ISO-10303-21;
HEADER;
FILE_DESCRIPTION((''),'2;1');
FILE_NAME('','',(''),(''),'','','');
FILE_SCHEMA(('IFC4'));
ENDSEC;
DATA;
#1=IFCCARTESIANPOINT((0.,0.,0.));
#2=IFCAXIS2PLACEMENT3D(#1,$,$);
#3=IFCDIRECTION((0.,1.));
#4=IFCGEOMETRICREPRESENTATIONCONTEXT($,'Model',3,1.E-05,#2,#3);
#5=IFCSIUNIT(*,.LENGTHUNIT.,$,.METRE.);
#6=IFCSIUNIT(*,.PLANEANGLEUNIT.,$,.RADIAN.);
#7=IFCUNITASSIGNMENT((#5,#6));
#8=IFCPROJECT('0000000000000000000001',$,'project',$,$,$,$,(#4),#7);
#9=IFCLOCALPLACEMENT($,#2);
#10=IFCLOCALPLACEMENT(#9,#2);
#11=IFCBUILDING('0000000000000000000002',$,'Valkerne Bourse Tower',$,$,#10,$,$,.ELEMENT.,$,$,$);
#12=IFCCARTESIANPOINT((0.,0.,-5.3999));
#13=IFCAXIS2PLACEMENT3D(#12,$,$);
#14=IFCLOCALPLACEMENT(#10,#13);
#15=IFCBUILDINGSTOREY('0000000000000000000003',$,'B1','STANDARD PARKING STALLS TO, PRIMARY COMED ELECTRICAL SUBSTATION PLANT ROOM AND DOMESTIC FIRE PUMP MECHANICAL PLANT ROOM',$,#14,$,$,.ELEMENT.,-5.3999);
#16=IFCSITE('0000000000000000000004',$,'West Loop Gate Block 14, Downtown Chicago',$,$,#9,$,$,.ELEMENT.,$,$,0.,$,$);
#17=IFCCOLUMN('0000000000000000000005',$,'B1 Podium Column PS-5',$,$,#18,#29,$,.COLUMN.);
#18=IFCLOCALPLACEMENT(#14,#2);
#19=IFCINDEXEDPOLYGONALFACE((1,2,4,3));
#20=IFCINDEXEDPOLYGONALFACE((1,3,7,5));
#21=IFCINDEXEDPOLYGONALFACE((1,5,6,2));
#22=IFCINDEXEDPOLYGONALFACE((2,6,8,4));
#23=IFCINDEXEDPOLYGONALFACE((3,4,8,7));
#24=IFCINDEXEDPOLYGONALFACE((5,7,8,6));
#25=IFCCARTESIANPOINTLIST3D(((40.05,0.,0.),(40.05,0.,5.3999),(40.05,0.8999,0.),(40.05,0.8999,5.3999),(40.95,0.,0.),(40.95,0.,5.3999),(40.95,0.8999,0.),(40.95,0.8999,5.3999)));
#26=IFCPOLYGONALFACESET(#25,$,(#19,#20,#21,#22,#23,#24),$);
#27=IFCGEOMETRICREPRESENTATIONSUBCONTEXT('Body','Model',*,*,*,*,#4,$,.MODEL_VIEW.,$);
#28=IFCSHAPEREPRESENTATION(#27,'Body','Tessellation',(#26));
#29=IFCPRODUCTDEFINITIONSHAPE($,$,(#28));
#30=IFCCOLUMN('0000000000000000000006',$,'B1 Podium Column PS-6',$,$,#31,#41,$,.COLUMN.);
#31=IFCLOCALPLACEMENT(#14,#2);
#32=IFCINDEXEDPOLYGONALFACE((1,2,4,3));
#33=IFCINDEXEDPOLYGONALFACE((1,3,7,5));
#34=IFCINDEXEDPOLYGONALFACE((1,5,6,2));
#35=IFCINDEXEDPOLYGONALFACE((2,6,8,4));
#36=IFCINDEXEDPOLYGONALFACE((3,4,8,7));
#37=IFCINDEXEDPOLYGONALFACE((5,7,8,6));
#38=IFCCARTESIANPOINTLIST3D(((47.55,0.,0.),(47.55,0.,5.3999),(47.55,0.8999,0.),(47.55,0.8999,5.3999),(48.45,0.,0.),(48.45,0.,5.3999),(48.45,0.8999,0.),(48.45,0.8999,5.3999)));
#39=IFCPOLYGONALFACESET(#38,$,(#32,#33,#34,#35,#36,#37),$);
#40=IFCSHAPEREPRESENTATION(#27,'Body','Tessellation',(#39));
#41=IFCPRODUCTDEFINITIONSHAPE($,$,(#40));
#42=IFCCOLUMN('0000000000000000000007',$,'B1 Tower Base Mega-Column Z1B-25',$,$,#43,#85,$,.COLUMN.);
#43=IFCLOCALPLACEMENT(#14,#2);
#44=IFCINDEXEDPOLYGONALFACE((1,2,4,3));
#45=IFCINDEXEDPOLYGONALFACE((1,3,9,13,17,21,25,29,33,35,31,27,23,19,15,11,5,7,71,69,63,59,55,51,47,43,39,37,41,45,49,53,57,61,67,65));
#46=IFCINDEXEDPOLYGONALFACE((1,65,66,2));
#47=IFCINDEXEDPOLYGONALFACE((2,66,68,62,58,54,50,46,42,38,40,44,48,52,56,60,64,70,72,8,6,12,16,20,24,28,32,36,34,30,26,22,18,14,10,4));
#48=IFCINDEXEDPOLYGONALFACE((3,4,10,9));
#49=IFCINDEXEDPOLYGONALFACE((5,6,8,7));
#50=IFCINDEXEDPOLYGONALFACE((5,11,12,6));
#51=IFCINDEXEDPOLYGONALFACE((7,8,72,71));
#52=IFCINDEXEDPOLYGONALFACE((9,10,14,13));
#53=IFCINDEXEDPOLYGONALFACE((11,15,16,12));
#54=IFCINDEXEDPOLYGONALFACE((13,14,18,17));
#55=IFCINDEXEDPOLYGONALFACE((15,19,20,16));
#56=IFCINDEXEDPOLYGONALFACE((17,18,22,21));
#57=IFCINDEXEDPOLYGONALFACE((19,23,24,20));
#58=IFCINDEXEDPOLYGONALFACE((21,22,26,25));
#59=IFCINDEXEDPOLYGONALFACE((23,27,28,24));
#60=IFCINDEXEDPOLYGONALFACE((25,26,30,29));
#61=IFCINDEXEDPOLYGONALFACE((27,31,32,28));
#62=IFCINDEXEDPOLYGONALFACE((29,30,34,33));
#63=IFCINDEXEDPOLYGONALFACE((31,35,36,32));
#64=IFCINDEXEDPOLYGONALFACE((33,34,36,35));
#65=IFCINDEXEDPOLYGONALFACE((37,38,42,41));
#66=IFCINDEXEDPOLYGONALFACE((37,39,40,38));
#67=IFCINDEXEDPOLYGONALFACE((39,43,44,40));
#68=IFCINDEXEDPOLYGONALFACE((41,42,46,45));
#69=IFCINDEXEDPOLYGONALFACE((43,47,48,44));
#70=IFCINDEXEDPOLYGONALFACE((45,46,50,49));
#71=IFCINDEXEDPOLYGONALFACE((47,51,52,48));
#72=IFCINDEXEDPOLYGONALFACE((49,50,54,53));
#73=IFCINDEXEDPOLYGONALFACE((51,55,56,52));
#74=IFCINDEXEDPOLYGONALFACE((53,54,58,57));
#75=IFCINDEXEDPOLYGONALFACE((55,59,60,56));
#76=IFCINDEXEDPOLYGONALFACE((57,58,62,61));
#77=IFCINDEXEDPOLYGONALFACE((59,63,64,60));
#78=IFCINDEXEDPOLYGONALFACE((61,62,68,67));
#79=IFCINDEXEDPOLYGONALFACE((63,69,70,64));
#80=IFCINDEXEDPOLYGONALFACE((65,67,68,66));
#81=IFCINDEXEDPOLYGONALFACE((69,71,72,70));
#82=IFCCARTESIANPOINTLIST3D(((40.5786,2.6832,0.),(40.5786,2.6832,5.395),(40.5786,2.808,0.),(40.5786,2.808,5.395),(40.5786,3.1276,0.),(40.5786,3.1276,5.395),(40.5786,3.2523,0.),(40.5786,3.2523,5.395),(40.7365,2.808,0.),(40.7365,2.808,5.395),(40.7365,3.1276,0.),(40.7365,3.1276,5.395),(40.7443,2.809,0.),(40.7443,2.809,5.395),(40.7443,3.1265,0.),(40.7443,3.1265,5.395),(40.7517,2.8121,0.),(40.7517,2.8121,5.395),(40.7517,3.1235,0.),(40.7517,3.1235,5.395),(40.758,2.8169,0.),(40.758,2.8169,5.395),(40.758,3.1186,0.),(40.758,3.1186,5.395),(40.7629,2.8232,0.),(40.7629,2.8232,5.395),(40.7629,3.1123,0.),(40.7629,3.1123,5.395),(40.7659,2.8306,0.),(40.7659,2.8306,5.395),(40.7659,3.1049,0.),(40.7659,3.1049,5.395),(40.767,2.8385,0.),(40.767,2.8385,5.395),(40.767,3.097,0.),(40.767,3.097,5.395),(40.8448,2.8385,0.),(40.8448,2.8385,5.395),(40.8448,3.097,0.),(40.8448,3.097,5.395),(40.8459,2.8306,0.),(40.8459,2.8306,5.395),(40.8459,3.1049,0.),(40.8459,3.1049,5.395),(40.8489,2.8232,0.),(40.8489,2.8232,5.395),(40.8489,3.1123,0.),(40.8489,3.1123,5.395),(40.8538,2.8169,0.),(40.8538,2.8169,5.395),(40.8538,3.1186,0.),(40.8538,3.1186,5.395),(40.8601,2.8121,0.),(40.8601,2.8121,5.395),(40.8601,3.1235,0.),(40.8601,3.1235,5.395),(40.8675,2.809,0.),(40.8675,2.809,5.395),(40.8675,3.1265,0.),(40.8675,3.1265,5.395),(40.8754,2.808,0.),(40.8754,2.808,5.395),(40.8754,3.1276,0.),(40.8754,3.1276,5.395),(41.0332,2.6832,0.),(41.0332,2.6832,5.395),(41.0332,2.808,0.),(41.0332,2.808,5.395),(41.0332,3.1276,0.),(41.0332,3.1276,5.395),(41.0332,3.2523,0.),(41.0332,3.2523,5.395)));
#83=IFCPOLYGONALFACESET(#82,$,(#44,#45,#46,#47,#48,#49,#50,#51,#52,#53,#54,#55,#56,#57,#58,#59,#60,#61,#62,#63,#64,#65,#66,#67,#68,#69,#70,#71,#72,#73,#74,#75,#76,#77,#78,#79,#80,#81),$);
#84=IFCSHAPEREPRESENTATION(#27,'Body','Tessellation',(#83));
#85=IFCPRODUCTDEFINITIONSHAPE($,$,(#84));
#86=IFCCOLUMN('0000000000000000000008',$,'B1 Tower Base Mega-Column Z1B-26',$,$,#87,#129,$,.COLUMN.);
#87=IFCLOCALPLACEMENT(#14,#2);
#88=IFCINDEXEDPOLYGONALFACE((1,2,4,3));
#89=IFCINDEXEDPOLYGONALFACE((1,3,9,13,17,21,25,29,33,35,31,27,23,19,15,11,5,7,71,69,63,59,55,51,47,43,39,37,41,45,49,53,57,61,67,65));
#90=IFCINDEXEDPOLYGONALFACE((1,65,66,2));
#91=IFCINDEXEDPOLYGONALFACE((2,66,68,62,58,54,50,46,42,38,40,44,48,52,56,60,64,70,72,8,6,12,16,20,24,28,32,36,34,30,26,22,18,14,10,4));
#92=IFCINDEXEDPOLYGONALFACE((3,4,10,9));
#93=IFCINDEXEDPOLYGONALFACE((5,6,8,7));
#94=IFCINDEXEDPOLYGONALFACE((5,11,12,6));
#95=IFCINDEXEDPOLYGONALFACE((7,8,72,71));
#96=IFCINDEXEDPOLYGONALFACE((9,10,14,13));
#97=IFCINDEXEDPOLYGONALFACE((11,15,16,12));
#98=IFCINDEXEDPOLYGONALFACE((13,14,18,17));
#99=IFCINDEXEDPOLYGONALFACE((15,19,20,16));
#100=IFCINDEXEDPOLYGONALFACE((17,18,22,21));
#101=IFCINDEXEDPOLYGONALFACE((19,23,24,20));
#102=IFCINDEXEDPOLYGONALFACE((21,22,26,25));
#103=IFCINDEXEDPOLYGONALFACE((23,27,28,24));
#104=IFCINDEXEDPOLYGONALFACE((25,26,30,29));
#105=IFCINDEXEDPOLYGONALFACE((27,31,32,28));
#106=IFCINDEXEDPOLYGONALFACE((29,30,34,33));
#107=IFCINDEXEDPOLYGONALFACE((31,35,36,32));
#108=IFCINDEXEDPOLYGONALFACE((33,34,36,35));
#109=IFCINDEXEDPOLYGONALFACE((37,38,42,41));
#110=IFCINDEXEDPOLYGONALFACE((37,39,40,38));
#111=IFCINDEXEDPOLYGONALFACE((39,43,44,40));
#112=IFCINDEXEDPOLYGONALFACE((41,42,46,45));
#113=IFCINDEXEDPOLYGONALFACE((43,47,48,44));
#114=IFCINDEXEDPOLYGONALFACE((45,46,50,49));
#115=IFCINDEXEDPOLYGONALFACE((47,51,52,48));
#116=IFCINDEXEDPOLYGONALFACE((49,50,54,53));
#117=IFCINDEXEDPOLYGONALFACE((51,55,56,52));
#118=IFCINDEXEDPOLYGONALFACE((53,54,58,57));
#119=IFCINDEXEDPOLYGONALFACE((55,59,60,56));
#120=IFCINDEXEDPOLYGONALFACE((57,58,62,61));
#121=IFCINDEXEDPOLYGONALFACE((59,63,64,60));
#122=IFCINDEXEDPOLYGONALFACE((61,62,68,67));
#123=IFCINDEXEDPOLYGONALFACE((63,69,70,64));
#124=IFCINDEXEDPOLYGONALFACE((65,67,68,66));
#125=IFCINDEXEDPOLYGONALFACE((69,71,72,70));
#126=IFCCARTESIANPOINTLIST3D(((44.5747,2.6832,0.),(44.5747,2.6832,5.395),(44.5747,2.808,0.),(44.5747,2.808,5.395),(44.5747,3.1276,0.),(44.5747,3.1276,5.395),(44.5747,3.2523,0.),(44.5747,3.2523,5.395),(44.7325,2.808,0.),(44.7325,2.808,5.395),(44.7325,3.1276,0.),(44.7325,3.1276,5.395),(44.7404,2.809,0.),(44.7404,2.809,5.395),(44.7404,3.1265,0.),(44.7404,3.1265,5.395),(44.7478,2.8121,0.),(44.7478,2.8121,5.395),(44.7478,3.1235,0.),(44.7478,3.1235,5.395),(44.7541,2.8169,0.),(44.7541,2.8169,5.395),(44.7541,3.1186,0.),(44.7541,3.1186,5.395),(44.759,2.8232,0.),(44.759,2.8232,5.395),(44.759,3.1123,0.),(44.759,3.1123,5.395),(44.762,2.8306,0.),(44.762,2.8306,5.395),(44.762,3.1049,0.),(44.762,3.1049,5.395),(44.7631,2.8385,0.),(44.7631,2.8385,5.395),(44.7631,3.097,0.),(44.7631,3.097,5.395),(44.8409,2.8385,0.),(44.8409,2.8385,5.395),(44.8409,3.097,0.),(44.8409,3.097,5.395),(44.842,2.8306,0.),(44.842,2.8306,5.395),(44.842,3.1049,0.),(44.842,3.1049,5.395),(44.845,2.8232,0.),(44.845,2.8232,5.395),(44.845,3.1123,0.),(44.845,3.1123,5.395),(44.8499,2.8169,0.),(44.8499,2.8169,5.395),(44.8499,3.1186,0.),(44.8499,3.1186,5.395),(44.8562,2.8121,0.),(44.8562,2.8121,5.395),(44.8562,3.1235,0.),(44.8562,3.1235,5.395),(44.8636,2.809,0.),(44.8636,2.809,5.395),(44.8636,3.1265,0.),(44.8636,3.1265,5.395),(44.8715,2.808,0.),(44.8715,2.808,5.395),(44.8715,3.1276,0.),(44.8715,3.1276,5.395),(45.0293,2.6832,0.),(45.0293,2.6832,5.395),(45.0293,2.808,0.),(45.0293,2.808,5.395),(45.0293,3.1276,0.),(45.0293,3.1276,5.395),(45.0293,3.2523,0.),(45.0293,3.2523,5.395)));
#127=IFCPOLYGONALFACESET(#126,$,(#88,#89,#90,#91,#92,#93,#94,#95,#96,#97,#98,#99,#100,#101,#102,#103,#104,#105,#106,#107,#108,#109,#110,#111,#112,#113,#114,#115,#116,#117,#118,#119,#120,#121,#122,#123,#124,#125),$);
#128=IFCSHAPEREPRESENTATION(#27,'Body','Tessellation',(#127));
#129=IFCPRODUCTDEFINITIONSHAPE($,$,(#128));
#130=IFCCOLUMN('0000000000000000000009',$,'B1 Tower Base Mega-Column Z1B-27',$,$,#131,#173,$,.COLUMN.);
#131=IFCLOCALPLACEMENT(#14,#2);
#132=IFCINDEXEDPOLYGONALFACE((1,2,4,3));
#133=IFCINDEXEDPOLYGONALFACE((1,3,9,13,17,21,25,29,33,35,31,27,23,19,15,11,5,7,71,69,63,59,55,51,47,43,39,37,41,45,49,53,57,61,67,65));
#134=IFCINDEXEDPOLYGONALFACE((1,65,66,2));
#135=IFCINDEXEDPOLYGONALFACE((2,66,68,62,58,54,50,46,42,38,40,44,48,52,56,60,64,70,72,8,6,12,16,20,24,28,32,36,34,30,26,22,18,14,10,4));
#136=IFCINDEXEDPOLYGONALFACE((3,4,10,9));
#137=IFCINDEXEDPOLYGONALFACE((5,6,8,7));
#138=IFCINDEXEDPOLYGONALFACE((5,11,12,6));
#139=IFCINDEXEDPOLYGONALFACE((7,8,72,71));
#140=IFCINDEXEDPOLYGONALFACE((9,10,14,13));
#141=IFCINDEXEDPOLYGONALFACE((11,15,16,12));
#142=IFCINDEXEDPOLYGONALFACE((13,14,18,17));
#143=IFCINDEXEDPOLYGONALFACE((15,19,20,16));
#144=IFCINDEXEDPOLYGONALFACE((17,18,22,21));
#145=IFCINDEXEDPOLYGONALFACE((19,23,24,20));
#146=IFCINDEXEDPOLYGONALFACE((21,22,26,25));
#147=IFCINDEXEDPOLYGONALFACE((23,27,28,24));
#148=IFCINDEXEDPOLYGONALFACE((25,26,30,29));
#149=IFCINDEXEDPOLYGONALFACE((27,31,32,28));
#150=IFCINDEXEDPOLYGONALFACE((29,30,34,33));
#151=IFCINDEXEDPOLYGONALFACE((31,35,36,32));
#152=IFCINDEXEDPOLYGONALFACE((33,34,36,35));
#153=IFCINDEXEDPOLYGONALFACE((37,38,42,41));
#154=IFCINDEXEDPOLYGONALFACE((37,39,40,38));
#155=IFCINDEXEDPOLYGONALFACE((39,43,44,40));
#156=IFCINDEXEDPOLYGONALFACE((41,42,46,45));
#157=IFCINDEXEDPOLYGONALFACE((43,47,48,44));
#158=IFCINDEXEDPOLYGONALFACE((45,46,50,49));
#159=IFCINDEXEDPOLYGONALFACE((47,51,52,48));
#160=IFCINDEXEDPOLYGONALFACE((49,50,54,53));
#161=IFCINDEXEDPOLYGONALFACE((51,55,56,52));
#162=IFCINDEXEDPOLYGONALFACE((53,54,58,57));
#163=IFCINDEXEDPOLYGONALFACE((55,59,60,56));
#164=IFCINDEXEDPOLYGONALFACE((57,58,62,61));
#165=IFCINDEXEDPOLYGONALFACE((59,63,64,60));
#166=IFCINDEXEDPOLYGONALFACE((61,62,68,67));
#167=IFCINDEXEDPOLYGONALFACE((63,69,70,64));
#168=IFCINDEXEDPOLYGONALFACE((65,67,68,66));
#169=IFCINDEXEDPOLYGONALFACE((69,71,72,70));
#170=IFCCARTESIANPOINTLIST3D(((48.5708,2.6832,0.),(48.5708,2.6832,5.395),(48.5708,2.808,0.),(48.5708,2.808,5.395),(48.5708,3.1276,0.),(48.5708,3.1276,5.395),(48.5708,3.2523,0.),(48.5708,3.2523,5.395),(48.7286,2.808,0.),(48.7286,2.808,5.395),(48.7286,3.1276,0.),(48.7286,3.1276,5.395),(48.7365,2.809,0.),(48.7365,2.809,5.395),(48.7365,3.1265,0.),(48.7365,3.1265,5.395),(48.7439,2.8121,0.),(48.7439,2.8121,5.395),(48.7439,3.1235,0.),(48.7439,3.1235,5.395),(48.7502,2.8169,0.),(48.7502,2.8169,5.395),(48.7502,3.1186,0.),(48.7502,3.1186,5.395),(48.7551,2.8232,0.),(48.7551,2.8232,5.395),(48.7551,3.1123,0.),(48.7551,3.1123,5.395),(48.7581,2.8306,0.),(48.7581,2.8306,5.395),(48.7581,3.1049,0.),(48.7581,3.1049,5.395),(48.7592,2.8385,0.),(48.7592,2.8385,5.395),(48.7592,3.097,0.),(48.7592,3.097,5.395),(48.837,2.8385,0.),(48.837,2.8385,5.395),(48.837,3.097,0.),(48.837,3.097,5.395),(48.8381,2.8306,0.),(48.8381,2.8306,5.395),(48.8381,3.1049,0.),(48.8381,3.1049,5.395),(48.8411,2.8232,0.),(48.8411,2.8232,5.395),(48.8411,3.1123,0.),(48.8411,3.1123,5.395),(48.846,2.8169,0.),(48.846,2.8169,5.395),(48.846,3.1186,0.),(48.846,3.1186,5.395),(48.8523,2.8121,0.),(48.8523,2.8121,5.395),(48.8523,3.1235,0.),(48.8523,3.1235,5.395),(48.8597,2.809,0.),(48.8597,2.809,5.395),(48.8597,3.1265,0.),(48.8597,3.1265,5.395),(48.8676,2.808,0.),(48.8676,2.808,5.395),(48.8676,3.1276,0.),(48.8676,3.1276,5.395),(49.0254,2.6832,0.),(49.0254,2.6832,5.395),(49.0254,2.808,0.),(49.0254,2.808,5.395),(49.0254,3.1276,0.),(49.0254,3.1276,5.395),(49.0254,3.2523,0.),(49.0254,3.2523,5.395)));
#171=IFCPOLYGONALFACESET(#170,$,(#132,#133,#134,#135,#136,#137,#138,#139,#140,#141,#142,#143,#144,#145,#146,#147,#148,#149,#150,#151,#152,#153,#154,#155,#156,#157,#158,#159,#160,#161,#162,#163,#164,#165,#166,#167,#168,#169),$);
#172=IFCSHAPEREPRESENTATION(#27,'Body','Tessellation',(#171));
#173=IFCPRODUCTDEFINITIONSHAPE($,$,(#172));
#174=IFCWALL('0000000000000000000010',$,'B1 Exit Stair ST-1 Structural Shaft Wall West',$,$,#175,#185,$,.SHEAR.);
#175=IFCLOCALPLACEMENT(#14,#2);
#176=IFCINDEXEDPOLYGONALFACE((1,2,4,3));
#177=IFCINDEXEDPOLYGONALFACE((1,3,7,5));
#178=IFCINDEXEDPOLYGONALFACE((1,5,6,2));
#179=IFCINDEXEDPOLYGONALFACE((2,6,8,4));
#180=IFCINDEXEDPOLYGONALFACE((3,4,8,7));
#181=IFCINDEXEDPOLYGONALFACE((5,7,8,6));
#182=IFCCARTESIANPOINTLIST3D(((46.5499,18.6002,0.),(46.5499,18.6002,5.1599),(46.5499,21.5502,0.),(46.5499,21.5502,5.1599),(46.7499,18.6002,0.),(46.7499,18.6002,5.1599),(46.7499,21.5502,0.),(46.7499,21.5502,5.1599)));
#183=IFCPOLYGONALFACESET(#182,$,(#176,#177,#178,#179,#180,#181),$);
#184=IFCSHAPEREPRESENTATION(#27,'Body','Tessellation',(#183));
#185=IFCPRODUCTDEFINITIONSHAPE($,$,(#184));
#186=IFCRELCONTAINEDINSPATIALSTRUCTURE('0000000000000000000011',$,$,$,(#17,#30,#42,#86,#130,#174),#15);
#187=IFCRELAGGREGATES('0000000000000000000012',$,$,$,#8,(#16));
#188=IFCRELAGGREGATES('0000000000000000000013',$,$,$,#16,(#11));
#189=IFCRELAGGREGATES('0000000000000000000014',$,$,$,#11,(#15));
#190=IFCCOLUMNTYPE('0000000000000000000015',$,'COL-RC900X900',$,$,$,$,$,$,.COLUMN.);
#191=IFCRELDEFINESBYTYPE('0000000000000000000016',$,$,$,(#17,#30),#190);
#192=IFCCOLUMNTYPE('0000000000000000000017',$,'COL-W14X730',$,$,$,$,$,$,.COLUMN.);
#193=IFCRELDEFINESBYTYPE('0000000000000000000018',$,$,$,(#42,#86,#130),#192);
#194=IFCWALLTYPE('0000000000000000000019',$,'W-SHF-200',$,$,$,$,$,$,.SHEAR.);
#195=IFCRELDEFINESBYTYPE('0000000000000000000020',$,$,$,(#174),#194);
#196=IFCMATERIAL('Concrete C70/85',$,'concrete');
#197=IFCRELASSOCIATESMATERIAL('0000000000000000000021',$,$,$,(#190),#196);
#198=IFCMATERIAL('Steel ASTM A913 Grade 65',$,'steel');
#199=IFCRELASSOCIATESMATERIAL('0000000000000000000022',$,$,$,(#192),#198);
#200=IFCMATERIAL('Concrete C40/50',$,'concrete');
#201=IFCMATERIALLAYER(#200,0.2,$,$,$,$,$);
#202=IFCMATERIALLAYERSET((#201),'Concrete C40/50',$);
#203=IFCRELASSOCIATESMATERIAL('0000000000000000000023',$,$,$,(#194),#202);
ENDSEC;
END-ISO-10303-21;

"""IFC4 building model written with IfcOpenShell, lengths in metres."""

from ifc_helpers import new_model, si_unit, direction, frame, frame_2d, origin, origin_2d, place, context, subcontext, project, spatial, rectangle, i_section, extrude, material, layer, layer_set, material_profile, profile_set, type_object, element, save


model = new_model("IFC4")

# Units and contexts
model_context = context("Model", 3, precision=1e-05, world=origin(), true_north=direction((0.0, 1.0)))
body_context = subcontext(model_context, "Body", "Model", "MODEL_VIEW")
ifc_project = project(units=[si_unit("LENGTHUNIT", "METRE"), si_unit("PLANEANGLEUNIT", "RADIAN")], contexts=[model_context])

# Site, building, storey
site_placement = place(None, origin())
site = spatial("IfcSite", under=ifc_project, at=site_placement, Name="West Loop Gate Block 14, Downtown Chicago", CompositionType="ELEMENT", RefElevation=0.0)
building_placement = place(site_placement, origin())
building = spatial("IfcBuilding", under=site, at=building_placement, Name="Valkerne Bourse Tower", CompositionType="ELEMENT")
storey_placement = place(building_placement, frame((0.0, 0.0, -5.3999)))
storey = spatial("IfcBuildingStorey", under=building, at=storey_placement, Name="B1", Description="STANDARD PARKING STALLS TO, PRIMARY COMED ELECTRICAL SUBSTATION PLANT ROOM AND DOMESTIC FIRE PUMP MECHANICAL PLANT ROOM", CompositionType="ELEMENT", Elevation=-5.3999)

# Columns
ifc_material_1 = material(Name="Concrete C70/85", Category="concrete")
ifc_material_profile_1 = material_profile(ifc_material_1, rectangle(XDim=0.8999, YDim=0.8999, at=origin_2d()), Name="RC900X900")
ifc_profile_set_1 = profile_set([ifc_material_profile_1], Name="Concrete C70/85")
column_type_1 = type_object("IfcColumnType", Name="COL-RC900X900", PredefinedType="COLUMN", material=ifc_profile_set_1)
for number, where, z_axis, x_axis, name in (
    (1, (40.5, 0.45, 0.0), (0.0, 0.0, 1.0), (1.0, 0.0, 0.0), "B1 Podium Column PS-5"),
    (2, (48.0, 0.45, 0.0), (0.0, 0.0, 1.0), (1.0, 0.0, 0.0), "B1 Podium Column PS-6"),
):
    element("IfcColumn", number, at=place(storey_placement, frame(where, z_axis=z_axis, x_axis=x_axis)), inside=storey, type_object=column_type_1, Name=name, PredefinedType="COLUMN", context=body_context, shape_type="SweptSolid", body=[
        extrude(rectangle(XDim=0.8999, YDim=0.8999, at=origin_2d()), origin(), (0.0, 0.0, 1.0), 5.3999),
    ])
ifc_material_2 = material(Name="Steel ASTM A913 Grade 65", Category="steel")
ifc_material_profile_2 = material_profile(ifc_material_2, i_section(OverallWidth=0.4546, OverallDepth=0.5691, WebThickness=0.0779, FlangeThickness=0.1248, FilletRadius=0.0305, at=origin_2d()), Name="W14X730")
ifc_profile_set_2 = profile_set([ifc_material_profile_2], Name="Steel ASTM A913 Grade 65")
column_type_2 = type_object("IfcColumnType", Name="COL-W14X730", PredefinedType="COLUMN", material=ifc_profile_set_2)
for number, where, z_axis, x_axis, name in (
    (3, (40.8059, 2.9678, 0.0), (0.0, 0.0, 1.0), (1.0, 0.0, 0.0), "B1 Tower Base Mega-Column Z1B-25"),
    (4, (44.802, 2.9678, 0.0), (0.0, 0.0, 1.0), (1.0, 0.0, 0.0), "B1 Tower Base Mega-Column Z1B-26"),
    (5, (48.7981, 2.9678, 0.0), (0.0, 0.0, 1.0), (1.0, 0.0, 0.0), "B1 Tower Base Mega-Column Z1B-27"),
):
    element("IfcColumn", number, at=place(storey_placement, frame(where, z_axis=z_axis, x_axis=x_axis)), inside=storey, type_object=column_type_2, Name=name, PredefinedType="COLUMN", context=body_context, shape_type="SweptSolid", body=[
        extrude(i_section(OverallWidth=0.4546, OverallDepth=0.5691, WebThickness=0.0779, FlangeThickness=0.1248, FilletRadius=0.0305, at=origin_2d()), origin(), (0.0, 0.0, 1.0), 5.395),
    ])

# Wall
ifc_material_3 = material(Name="Concrete C40/50", Category="concrete")
ifc_layer_1 = layer(ifc_material_3, 0.2)
ifc_layer_set_1 = layer_set([ifc_layer_1], Name="Concrete C40/50")
wall_type_1 = type_object("IfcWallType", Name="W-SHF-200", PredefinedType="SHEAR", material=ifc_layer_set_1)
wall_1_placement = place(storey_placement, frame((46.6499, 18.6001, 0.0), z_axis=(0.0, 0.0, 1.0), x_axis=(0.0, 1.0, 0.0)))
element("IfcWall", 6, at=wall_1_placement, inside=storey, type_object=wall_type_1, Name="B1 Exit Stair ST-1 Structural Shaft Wall West", PredefinedType="SHEAR", context=body_context, shape_type="SweptSolid", body=[
    extrude(rectangle(XDim=2.95, YDim=0.2, at=frame_2d((1.4751, 0.0))), origin(), (0.0, 0.0, 1.0), 5.1599),
])

save(model, "model.ifc")
